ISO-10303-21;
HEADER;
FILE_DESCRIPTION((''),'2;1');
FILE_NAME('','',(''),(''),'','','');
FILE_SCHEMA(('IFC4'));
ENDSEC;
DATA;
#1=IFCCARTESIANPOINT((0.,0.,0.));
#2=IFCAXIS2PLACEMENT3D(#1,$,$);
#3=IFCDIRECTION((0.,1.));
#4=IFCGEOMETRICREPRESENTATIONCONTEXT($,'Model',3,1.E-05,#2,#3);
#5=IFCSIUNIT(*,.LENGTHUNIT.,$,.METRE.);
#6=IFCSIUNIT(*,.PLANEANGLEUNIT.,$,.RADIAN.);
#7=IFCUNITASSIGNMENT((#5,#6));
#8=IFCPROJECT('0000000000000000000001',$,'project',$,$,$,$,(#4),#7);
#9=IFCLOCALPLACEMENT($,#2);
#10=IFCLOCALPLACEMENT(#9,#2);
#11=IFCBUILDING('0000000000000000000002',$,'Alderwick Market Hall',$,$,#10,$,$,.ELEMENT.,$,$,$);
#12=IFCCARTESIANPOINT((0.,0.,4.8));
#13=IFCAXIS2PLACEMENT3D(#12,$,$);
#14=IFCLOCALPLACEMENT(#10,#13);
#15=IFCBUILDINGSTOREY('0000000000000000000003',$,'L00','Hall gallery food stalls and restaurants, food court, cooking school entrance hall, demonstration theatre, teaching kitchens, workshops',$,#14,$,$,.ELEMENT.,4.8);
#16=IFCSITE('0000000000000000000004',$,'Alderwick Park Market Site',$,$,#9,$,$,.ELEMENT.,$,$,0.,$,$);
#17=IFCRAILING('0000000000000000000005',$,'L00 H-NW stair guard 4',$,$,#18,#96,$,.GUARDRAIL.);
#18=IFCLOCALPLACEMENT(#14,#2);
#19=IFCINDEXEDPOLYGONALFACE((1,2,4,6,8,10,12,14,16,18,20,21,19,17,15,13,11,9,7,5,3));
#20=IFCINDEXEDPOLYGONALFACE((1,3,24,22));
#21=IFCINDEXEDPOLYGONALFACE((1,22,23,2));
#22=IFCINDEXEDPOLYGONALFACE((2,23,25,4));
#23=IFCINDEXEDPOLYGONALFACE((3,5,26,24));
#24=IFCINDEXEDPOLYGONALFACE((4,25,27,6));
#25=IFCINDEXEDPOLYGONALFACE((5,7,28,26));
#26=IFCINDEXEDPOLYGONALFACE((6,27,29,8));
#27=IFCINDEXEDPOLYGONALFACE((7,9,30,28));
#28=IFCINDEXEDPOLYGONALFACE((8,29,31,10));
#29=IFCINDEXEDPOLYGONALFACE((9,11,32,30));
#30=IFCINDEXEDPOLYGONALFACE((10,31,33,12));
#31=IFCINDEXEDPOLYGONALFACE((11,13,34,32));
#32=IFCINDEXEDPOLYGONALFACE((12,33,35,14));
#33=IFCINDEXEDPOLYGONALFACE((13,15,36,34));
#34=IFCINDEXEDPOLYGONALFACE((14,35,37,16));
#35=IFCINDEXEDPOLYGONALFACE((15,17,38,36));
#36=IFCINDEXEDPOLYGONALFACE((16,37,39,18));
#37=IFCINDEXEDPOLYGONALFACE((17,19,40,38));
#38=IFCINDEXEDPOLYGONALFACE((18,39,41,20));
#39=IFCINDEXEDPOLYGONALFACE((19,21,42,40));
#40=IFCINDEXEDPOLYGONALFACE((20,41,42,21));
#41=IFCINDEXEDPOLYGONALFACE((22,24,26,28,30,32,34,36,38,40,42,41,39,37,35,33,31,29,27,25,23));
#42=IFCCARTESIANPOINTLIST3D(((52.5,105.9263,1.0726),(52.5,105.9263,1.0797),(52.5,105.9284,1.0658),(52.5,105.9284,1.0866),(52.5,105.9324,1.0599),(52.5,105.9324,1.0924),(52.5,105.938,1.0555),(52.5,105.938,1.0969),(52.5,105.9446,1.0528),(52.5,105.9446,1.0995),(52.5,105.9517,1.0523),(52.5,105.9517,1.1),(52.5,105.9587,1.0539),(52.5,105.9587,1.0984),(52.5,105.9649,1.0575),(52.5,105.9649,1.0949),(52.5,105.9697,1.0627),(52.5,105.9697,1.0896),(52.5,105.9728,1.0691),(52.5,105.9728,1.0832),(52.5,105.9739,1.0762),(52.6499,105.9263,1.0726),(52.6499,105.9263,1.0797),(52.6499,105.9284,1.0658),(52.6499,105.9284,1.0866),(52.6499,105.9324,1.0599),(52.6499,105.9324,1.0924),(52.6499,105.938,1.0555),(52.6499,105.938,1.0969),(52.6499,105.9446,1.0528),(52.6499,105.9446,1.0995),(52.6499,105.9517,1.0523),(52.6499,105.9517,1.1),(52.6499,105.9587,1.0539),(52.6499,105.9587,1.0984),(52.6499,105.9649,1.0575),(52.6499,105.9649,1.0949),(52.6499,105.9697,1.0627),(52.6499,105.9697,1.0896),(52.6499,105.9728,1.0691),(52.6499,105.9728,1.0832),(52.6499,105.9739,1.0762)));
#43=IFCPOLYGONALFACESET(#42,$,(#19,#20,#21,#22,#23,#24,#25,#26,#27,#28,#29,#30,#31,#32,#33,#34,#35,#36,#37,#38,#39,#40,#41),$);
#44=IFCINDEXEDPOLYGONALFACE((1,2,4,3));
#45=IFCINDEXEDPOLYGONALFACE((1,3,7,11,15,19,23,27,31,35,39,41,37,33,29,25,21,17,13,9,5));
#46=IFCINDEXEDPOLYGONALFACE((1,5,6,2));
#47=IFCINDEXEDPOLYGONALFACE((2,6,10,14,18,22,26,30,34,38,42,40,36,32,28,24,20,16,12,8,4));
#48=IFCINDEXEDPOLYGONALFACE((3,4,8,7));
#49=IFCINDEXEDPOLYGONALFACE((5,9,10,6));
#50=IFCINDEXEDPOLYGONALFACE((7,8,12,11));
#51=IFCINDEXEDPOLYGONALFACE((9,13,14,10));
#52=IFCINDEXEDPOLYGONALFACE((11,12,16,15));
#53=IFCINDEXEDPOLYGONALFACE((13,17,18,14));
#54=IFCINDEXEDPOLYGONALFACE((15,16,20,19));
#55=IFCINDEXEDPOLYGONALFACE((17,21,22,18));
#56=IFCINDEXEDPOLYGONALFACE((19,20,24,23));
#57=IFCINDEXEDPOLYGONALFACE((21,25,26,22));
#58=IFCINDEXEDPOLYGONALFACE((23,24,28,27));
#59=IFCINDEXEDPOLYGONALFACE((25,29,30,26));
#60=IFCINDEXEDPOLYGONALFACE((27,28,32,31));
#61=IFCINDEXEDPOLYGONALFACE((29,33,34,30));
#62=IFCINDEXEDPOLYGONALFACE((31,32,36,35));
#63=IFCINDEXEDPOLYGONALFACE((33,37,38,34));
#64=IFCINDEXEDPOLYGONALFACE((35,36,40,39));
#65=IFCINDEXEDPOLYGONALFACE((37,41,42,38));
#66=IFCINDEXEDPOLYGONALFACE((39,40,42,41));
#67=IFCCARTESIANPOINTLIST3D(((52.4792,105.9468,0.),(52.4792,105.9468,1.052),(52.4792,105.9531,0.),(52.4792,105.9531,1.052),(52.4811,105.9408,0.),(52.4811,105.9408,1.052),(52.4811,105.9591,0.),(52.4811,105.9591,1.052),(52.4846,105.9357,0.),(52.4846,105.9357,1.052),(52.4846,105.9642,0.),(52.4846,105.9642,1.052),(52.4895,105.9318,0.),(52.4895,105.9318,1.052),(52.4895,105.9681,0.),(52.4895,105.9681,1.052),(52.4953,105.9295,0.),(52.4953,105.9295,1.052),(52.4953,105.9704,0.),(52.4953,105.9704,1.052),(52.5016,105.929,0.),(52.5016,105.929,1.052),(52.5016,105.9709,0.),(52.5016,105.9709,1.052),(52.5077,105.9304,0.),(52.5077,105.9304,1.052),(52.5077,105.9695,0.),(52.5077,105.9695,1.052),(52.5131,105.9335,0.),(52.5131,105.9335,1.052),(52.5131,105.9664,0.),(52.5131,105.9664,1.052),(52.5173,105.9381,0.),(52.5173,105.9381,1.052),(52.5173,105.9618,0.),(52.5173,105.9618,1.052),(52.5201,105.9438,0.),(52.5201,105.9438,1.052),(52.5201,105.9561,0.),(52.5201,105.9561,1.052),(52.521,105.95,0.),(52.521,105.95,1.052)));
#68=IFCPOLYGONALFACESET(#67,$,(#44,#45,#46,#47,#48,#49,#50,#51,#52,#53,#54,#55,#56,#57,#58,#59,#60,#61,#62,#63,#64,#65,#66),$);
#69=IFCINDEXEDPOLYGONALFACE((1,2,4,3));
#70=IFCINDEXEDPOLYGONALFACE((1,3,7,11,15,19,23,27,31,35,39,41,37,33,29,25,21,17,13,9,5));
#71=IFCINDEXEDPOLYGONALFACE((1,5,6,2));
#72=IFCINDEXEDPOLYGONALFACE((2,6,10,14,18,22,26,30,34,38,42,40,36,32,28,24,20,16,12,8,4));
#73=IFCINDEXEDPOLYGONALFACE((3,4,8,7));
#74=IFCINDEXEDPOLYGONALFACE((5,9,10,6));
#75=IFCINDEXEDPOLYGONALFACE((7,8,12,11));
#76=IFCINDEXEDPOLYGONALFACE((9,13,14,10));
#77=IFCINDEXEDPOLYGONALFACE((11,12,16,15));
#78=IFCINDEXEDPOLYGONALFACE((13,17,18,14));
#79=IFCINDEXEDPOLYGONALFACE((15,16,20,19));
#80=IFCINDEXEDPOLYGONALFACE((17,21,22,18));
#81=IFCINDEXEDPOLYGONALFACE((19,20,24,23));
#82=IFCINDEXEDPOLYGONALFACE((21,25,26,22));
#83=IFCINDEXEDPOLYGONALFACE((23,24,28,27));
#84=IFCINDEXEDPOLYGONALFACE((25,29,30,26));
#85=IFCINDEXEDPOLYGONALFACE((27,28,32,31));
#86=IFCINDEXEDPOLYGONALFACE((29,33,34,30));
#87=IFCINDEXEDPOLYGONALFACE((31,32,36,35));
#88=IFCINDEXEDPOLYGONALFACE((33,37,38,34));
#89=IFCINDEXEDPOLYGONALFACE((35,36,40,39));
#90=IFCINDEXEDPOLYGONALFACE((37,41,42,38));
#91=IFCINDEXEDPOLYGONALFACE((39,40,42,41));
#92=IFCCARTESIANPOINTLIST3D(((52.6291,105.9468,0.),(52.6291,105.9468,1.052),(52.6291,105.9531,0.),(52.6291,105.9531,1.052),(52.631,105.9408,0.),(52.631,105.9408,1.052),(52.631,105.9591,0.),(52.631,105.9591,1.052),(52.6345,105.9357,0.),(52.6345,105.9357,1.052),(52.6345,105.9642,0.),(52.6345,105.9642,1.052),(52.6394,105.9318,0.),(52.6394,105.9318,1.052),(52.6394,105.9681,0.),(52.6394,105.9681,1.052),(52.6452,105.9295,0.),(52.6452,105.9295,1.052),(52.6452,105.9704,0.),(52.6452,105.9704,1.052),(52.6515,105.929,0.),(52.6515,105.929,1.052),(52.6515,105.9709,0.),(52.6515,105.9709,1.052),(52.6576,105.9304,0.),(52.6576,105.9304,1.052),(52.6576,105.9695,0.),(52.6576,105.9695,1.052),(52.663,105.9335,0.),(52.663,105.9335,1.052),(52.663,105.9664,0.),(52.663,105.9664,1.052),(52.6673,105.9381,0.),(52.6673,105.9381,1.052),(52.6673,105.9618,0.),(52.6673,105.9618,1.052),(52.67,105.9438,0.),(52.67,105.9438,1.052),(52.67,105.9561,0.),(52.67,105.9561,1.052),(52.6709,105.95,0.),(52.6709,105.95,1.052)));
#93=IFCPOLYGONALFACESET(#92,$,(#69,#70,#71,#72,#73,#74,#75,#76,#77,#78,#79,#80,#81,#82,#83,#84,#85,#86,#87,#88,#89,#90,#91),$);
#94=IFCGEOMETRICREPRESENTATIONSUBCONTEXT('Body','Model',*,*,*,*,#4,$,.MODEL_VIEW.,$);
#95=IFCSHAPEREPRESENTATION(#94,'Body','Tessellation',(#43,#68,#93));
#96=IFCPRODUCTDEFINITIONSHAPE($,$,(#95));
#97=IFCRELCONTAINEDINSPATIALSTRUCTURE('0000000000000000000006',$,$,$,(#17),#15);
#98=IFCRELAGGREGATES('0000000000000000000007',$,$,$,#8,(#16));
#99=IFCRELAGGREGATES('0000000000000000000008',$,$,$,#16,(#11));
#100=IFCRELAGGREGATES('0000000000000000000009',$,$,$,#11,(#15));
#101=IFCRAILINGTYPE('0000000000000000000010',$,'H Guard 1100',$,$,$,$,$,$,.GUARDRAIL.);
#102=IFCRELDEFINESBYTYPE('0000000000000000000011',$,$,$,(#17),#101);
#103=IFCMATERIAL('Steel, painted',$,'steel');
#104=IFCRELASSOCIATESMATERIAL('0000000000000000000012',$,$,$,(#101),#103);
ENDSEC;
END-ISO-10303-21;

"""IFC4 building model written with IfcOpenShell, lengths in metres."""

from ifc_helpers import new_model, si_unit, direction, frame, origin, origin_2d, place, context, subcontext, project, spatial, circle, extrude, material, type_object, element, save


model = new_model("IFC4")

# Units and contexts
model_context = context("Model", 3, precision=1e-05, world=origin(), true_north=direction((0.0, 1.0)))
body_context = subcontext(model_context, "Body", "Model", "MODEL_VIEW")
ifc_project = project(units=[si_unit("LENGTHUNIT", "METRE"), si_unit("PLANEANGLEUNIT", "RADIAN")], contexts=[model_context])

# Site, building, storey
site_placement = place(None, origin())
site = spatial("IfcSite", under=ifc_project, at=site_placement, Name="Alderwick Park Market Site", CompositionType="ELEMENT", RefElevation=0.0)
building_placement = place(site_placement, origin())
building = spatial("IfcBuilding", under=site, at=building_placement, Name="Alderwick Market Hall", CompositionType="ELEMENT")
storey_placement = place(building_placement, frame((0.0, 0.0, 4.8)))
storey = spatial("IfcBuildingStorey", under=building, at=storey_placement, Name="L00", Description="Hall gallery food stalls and restaurants, food court, cooking school entrance hall, demonstration theatre, teaching kitchens, workshops", CompositionType="ELEMENT", Elevation=4.8)

# Railing
ifc_material_1 = material(Name="Steel, painted", Category="steel")
railing_type_1 = type_object("IfcRailingType", Name="H Guard 1100", PredefinedType="GUARDRAIL", material=ifc_material_1)
railing_1_placement = place(storey_placement, frame((52.5, 105.95, 0.0)))
element("IfcRailing", 1, at=railing_1_placement, inside=storey, type_object=railing_type_1, Name="L00 H-NW stair guard 4", PredefinedType="GUARDRAIL", context=body_context, shape_type="SweptSolid", body=[
    extrude(circle(Radius=0.0239, at=origin_2d()), frame((0.0, 0.0, 1.0762), z_axis=(1.0, 0.0, 0.0), x_axis=(0.0, 1.0, 0.0)), (0.0, 0.0, 1.0), 0.1499),
    extrude(circle(Radius=0.021, at=origin_2d()), origin(), (0.0, 0.0, 1.0), 1.052),
    extrude(circle(Radius=0.021, at=origin_2d()), frame((0.1499, 0.0, 0.0)), (0.0, 0.0, 1.0), 1.052),
])

save(model, "model.ifc")
